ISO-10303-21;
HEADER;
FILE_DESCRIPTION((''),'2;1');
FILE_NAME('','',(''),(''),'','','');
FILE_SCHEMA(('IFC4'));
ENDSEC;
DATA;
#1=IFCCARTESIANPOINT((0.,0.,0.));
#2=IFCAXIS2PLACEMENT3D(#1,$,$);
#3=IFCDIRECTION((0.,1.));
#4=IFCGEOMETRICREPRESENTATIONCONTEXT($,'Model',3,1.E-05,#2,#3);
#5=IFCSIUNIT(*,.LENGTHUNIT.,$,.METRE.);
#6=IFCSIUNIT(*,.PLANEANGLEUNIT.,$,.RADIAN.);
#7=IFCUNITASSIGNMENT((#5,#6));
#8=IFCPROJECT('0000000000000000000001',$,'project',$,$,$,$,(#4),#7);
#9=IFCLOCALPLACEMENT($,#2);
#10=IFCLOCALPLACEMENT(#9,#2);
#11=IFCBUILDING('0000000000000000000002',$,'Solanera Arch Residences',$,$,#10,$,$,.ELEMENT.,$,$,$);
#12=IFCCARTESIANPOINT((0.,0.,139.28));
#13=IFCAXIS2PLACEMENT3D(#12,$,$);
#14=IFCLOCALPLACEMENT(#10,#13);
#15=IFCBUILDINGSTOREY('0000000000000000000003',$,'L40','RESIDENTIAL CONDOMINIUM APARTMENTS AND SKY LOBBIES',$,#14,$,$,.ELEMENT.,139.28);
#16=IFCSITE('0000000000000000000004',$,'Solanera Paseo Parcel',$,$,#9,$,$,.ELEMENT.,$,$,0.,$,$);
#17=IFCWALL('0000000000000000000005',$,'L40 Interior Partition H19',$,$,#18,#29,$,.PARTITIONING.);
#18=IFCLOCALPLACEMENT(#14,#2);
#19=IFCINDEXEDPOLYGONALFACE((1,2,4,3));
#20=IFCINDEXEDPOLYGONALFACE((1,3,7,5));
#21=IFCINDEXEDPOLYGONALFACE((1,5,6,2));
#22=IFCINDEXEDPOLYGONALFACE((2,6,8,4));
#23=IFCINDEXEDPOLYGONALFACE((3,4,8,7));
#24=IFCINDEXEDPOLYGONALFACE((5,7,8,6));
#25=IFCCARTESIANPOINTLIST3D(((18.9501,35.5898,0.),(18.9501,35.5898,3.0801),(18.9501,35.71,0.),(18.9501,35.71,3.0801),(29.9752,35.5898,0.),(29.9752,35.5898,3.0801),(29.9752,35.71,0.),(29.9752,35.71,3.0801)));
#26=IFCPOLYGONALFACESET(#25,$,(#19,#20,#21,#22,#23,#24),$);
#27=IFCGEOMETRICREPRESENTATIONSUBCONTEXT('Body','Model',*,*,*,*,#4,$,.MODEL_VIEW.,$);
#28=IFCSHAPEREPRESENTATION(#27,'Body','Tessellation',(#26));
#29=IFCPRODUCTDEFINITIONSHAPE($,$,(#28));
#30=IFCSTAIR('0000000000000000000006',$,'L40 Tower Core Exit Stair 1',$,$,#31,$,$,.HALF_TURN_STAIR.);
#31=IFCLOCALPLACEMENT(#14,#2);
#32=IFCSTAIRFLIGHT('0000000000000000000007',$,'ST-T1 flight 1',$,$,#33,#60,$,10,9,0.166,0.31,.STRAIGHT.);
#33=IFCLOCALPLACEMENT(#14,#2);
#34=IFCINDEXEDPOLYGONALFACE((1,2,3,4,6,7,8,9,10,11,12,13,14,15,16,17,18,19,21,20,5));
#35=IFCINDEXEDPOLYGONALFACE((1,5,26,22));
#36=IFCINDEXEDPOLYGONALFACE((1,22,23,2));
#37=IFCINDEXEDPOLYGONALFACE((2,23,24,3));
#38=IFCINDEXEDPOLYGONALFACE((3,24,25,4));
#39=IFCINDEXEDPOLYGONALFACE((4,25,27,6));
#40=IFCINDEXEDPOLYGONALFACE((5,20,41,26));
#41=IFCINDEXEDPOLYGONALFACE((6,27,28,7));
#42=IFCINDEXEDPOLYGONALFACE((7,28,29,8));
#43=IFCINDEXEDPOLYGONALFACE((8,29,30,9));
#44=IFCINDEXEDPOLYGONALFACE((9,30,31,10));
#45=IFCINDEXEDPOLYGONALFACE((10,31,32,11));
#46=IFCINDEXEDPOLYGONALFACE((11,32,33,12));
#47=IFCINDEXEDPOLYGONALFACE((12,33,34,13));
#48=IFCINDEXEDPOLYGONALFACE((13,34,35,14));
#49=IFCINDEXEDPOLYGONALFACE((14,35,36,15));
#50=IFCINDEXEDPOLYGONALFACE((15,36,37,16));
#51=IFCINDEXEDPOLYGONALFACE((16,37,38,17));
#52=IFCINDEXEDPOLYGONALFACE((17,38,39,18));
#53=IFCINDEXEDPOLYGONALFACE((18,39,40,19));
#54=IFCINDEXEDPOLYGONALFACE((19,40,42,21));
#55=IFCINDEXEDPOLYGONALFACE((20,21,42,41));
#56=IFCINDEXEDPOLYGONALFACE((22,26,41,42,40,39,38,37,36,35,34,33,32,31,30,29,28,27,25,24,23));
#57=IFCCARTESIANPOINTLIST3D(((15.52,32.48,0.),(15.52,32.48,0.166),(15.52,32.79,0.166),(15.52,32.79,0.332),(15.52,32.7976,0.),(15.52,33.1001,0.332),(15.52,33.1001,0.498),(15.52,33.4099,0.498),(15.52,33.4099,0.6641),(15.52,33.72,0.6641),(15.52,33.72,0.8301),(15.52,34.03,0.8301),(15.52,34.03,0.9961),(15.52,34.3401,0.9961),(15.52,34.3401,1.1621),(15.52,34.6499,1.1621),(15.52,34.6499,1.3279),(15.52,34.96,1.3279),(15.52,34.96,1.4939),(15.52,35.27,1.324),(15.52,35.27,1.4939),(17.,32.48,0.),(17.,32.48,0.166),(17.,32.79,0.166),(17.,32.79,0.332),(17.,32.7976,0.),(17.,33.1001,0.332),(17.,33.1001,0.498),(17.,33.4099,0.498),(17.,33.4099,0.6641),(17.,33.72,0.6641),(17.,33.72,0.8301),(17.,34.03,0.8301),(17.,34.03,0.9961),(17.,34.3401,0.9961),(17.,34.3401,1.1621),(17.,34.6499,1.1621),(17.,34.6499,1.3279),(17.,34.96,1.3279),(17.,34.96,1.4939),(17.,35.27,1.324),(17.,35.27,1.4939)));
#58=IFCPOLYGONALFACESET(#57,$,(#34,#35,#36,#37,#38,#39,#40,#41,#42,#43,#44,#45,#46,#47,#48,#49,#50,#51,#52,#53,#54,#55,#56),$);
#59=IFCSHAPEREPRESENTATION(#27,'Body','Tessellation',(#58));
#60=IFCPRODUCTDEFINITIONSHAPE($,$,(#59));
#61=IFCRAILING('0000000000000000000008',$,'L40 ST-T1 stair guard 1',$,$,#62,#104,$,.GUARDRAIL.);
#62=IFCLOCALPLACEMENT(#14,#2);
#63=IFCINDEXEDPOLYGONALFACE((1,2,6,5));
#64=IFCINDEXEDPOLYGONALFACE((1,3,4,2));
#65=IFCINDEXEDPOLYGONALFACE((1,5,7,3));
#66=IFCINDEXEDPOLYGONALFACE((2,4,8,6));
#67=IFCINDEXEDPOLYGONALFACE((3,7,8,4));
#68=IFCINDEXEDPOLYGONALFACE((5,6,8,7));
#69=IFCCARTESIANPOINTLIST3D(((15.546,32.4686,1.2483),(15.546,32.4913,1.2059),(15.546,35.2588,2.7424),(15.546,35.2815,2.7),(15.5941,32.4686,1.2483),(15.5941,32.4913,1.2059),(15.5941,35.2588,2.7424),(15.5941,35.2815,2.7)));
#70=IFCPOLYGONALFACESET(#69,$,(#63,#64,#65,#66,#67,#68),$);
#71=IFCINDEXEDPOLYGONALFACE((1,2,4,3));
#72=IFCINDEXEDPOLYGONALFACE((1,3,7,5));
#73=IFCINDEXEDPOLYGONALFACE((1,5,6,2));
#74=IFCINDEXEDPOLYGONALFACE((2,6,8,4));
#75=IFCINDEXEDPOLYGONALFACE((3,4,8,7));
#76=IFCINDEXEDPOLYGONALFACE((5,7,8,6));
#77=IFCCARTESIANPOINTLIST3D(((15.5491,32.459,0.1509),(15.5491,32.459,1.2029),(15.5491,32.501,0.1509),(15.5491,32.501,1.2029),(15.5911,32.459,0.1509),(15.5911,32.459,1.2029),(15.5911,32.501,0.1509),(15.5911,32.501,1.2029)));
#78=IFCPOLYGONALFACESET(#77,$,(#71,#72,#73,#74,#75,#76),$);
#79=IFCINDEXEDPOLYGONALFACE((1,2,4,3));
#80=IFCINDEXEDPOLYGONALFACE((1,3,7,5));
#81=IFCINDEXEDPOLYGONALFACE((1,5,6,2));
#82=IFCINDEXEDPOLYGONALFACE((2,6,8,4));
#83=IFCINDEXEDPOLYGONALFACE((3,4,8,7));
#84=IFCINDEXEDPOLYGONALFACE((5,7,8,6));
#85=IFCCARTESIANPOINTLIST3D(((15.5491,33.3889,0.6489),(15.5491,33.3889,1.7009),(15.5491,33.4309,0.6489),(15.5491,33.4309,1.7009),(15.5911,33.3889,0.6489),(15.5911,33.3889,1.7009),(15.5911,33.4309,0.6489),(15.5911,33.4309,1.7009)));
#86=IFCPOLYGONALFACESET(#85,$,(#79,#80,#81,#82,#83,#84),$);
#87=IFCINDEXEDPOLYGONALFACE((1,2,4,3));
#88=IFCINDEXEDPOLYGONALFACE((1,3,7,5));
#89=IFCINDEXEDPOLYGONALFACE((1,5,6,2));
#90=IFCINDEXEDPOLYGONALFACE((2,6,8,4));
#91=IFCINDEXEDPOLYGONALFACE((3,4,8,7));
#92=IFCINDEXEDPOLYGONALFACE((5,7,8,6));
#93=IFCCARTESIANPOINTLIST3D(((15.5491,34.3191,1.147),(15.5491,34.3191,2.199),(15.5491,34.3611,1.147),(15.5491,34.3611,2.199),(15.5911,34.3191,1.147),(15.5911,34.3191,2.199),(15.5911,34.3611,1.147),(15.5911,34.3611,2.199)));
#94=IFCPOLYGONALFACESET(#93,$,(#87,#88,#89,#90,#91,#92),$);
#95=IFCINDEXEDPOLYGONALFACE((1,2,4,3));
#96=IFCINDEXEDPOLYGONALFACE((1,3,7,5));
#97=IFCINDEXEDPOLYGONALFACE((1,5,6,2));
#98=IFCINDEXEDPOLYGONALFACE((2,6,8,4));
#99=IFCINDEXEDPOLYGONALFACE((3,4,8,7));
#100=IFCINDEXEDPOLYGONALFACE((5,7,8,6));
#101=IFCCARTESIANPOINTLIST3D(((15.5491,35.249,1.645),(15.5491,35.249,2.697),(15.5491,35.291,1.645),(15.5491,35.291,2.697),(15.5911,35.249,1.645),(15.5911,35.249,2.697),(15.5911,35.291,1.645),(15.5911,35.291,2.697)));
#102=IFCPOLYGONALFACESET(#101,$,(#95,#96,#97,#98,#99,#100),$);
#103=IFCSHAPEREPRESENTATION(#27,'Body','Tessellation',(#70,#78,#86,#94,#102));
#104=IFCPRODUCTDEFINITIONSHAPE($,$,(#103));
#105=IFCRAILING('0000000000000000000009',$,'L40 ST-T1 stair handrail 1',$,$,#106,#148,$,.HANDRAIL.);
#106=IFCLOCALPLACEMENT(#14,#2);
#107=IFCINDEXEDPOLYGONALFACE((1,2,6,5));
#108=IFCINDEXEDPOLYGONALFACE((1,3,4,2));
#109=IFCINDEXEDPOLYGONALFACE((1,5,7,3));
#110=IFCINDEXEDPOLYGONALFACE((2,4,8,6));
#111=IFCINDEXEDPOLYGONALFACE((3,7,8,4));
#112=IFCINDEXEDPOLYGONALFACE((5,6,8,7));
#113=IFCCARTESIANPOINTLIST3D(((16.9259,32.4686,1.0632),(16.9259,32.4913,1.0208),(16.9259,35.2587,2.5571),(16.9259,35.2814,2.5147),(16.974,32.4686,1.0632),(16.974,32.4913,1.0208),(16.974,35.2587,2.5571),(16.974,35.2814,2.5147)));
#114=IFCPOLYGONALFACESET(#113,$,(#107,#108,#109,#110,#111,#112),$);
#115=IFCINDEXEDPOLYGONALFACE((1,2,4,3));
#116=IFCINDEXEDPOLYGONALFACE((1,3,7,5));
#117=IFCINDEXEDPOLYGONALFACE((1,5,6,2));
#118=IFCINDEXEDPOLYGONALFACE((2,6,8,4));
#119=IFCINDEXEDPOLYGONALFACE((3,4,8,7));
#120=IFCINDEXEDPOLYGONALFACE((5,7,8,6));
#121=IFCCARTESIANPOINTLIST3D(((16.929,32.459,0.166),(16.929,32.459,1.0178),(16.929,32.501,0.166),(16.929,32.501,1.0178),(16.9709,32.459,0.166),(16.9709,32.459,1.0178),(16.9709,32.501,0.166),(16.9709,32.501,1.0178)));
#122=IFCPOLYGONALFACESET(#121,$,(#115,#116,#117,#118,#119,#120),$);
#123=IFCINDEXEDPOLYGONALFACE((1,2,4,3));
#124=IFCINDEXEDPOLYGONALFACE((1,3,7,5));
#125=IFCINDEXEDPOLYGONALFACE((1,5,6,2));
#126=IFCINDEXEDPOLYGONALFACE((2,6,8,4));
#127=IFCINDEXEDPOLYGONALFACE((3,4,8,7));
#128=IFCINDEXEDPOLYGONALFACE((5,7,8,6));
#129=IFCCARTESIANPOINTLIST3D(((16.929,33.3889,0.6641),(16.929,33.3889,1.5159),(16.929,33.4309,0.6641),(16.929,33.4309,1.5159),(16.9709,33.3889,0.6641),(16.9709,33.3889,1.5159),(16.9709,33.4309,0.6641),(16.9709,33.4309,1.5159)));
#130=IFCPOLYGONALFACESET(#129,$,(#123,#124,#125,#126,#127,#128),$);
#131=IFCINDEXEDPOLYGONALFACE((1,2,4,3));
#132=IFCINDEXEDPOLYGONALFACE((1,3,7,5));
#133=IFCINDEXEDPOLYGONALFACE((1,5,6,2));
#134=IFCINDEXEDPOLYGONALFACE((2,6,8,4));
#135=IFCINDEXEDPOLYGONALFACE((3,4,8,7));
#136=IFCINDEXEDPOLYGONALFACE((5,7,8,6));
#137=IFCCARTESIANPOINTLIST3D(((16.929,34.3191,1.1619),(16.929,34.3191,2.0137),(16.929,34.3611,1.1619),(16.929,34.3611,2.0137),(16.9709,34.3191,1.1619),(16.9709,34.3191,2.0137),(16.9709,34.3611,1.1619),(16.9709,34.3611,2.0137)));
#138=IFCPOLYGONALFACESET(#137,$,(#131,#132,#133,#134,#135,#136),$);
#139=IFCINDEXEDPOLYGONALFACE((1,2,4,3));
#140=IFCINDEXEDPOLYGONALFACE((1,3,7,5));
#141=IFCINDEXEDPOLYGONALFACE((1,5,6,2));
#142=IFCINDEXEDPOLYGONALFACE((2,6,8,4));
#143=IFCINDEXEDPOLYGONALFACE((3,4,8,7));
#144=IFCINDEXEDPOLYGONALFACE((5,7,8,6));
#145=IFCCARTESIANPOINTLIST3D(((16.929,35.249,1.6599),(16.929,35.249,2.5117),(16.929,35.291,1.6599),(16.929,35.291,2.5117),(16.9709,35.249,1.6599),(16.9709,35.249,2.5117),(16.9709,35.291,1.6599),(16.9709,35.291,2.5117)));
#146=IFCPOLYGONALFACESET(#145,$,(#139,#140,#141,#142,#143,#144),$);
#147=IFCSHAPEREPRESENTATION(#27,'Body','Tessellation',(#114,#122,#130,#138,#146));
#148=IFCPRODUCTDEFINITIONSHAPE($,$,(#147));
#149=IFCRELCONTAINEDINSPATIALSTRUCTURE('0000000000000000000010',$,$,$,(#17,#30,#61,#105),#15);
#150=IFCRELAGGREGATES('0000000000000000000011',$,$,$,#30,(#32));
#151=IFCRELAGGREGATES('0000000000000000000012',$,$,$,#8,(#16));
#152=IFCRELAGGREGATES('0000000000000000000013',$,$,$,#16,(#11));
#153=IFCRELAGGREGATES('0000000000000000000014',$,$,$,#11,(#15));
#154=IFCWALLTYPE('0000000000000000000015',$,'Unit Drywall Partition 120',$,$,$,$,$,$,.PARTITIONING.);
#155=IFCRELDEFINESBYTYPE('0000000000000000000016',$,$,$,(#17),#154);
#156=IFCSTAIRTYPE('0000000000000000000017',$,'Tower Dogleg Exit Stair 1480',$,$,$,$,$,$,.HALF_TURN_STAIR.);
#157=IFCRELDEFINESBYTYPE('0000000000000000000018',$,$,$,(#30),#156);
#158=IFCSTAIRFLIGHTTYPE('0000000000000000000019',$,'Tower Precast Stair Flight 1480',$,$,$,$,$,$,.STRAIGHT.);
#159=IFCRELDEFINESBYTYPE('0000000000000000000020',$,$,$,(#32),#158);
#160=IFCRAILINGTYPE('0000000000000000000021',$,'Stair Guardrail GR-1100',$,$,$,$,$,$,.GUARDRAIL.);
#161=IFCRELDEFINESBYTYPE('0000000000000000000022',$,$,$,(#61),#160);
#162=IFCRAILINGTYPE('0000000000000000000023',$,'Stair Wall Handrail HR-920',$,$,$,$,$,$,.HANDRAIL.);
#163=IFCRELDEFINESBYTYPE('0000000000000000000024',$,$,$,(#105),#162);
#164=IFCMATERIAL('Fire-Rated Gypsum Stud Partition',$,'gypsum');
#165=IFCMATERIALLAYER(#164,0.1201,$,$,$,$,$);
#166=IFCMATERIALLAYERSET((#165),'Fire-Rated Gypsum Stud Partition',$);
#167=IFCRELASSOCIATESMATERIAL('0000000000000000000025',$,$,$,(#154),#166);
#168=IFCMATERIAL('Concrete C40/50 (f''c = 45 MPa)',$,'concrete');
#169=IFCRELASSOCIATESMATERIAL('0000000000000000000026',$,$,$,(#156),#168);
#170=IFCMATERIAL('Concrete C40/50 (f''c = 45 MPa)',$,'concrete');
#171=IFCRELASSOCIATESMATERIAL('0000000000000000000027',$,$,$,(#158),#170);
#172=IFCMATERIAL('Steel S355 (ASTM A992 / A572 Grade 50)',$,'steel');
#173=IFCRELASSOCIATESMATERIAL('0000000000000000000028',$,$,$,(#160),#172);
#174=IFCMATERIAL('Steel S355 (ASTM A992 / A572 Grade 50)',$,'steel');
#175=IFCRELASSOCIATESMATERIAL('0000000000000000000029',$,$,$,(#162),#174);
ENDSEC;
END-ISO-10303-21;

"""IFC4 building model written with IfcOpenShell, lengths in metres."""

from ifc_helpers import new_model, si_unit, direction, frame, frame_2d, origin, origin_2d, place, context, subcontext, project, spatial, polyline, rectangle, outline, extrude, material, layer, layer_set, type_object, element, aggregate, save


model = new_model("IFC4")

# Units and contexts
model_context = context("Model", 3, precision=1e-05, world=origin(), true_north=direction((0.0, 1.0)))
body_context = subcontext(model_context, "Body", "Model", "MODEL_VIEW")
ifc_project = project(units=[si_unit("LENGTHUNIT", "METRE"), si_unit("PLANEANGLEUNIT", "RADIAN")], contexts=[model_context])

# Site, building, storey
site_placement = place(None, origin())
site = spatial("IfcSite", under=ifc_project, at=site_placement, Name="Solanera Paseo Parcel", CompositionType="ELEMENT", RefElevation=0.0)
building_placement = place(site_placement, origin())
building = spatial("IfcBuilding", under=site, at=building_placement, Name="Solanera Arch Residences", CompositionType="ELEMENT")
storey_placement = place(building_placement, frame((0.0, 0.0, 139.28)))
storey = spatial("IfcBuildingStorey", under=building, at=storey_placement, Name="L40", Description="RESIDENTIAL CONDOMINIUM APARTMENTS AND SKY LOBBIES", CompositionType="ELEMENT", Elevation=139.28)

# Wall
ifc_material_1 = material(Name="Fire-Rated Gypsum Stud Partition", Category="gypsum")
ifc_layer_1 = layer(ifc_material_1, 0.1201)
ifc_layer_set_1 = layer_set([ifc_layer_1], Name="Fire-Rated Gypsum Stud Partition")
wall_type_1 = type_object("IfcWallType", Name="Unit Drywall Partition 120", PredefinedType="PARTITIONING", material=ifc_layer_set_1)
wall_1_placement = place(storey_placement, frame((18.95, 35.6499, 0.0), z_axis=(0.0, 0.0, 1.0), x_axis=(1.0, 0.0, 0.0)))
element("IfcWall", 1, at=wall_1_placement, inside=storey, type_object=wall_type_1, Name="L40 Interior Partition H19", PredefinedType="PARTITIONING", context=body_context, shape_type="SweptSolid", body=[
    extrude(rectangle(XDim=11.0251, YDim=0.1201, at=frame_2d((5.5127, 0.0))), origin(), (0.0, 0.0, 1.0), 3.0801),
])

# Stair, stair flight
ifc_material_2 = material(Name="Concrete C40/50 (f'c = 45 MPa)", Category="concrete")
stair_type = type_object("IfcStairType", Name="Tower Dogleg Exit Stair 1480", PredefinedType="HALF_TURN_STAIR", material=ifc_material_2)
stair_placement = place(storey_placement, origin())
stair = element("IfcStair", 2, at=stair_placement, inside=storey, type_object=stair_type, Name="L40 Tower Core Exit Stair 1", PredefinedType="HALF_TURN_STAIR")
ifc_material_3 = material(Name="Concrete C40/50 (f'c = 45 MPa)", Category="concrete")
stair_flight_type = type_object("IfcStairFlightType", Name="Tower Precast Stair Flight 1480", PredefinedType="STRAIGHT", material=ifc_material_3)
stair_flight_placement = place(storey_placement, frame((16.26, 32.48, 0.0), z_axis=(0.0, 0.0, 1.0), x_axis=(0.0, 1.0, 0.0)))
stair_flight = element("IfcStairFlight", 3, at=stair_flight_placement, type_object=stair_flight_type, Name="ST-T1 flight 1", NumberOfRisers=10, NumberOfTreads=9, PredefinedType="STRAIGHT", RiserHeight=0.166, TreadLength=0.31, context=body_context, shape_type="SweptSolid", body=[
    extrude(outline(polyline([(0.0, 0.0), (0.0, 0.166), (0.3101, 0.166), (0.3101, 0.332), (0.6201, 0.332), (0.6201, 0.498), (0.9299, 0.498), (0.9299, 0.6641), (1.24, 0.6641), (1.24, 0.8301), (1.55, 0.8301), (1.55, 0.9961), (1.8601, 0.9961), (1.8601, 1.1621), (2.1699, 1.1621), (2.1699, 1.3279), (2.48, 1.3279), (2.48, 1.4939), (2.79, 1.4939), (2.79, 1.6599), (2.79, 1.324), (0.3176, 0.0), (0.0, 0.0)])), frame((0.0, 0.74, 0.0), z_axis=(0.0, -1.0, 0.0), x_axis=(1.0, 0.0, 0.0)), (0.0, 0.0, 1.0), 1.48),
])
aggregate(stair, [stair_flight])

# Railings
ifc_material_4 = material(Name="Steel S355 (ASTM A992 / A572 Grade 50)", Category="steel")
railing_type_1 = type_object("IfcRailingType", Name="Stair Guardrail GR-1100", PredefinedType="GUARDRAIL", material=ifc_material_4)
railing_1_placement = place(storey_placement, frame((15.5701, 32.48, 0.1509)))
element("IfcRailing", 4, at=railing_1_placement, inside=storey, type_object=railing_type_1, Name="L40 ST-T1 stair guard 1", PredefinedType="GUARDRAIL", context=body_context, shape_type="SweptSolid", body=[
    extrude(rectangle(XDim=0.0481, YDim=0.0481, at=origin_2d()), frame((0.0, 0.0, 1.0762), z_axis=(0.0, 0.881549, 0.472093), x_axis=(-1.0, 0.0, 0.0)), (0.0, 0.0, 1.0), 3.165),
    extrude(rectangle(XDim=0.042, YDim=0.042, at=origin_2d()), origin(), (0.0, 0.0, 1.0), 1.052),
    extrude(rectangle(XDim=0.042, YDim=0.042, at=origin_2d()), frame((0.0, 0.9299, 0.498)), (0.0, 0.0, 1.0), 1.052),
    extrude(rectangle(XDim=0.042, YDim=0.042, at=origin_2d()), frame((0.0, 1.8601, 0.9961)), (0.0, 0.0, 1.0), 1.052),
    extrude(rectangle(XDim=0.042, YDim=0.042, at=origin_2d()), frame((0.0, 2.79, 1.4941)), (0.0, 0.0, 1.0), 1.052),
])
ifc_material_5 = material(Name="Steel S355 (ASTM A992 / A572 Grade 50)", Category="steel")
railing_type_2 = type_object("IfcRailingType", Name="Stair Wall Handrail HR-920", PredefinedType="HANDRAIL", material=ifc_material_5)
railing_2_placement = place(storey_placement, frame((16.95, 32.48, 0.166)))
element("IfcRailing", 5, at=railing_2_placement, inside=storey, type_object=railing_type_2, Name="L40 ST-T1 stair handrail 1", PredefinedType="HANDRAIL", context=body_context, shape_type="SweptSolid", body=[
    extrude(rectangle(XDim=0.0481, YDim=0.0481, at=origin_2d()), frame((0.0, 0.0, 0.876), z_axis=(0.0, 0.881581, 0.472033), x_axis=(-1.0, 0.0, 0.0)), (0.0, 0.0, 1.0), 3.1648),
    extrude(rectangle(XDim=0.042, YDim=0.042, at=origin_2d()), origin(), (0.0, 0.0, 1.0), 0.8518),
    extrude(rectangle(XDim=0.042, YDim=0.042, at=origin_2d()), frame((0.0, 0.9299, 0.498)), (0.0, 0.0, 1.0), 0.8518),
    extrude(rectangle(XDim=0.042, YDim=0.042, at=origin_2d()), frame((0.0, 1.8601, 0.9958)), (0.0, 0.0, 1.0), 0.8518),
    extrude(rectangle(XDim=0.042, YDim=0.042, at=origin_2d()), frame((0.0, 2.79, 1.4939)), (0.0, 0.0, 1.0), 0.8518),
])

save(model, "model.ifc")
